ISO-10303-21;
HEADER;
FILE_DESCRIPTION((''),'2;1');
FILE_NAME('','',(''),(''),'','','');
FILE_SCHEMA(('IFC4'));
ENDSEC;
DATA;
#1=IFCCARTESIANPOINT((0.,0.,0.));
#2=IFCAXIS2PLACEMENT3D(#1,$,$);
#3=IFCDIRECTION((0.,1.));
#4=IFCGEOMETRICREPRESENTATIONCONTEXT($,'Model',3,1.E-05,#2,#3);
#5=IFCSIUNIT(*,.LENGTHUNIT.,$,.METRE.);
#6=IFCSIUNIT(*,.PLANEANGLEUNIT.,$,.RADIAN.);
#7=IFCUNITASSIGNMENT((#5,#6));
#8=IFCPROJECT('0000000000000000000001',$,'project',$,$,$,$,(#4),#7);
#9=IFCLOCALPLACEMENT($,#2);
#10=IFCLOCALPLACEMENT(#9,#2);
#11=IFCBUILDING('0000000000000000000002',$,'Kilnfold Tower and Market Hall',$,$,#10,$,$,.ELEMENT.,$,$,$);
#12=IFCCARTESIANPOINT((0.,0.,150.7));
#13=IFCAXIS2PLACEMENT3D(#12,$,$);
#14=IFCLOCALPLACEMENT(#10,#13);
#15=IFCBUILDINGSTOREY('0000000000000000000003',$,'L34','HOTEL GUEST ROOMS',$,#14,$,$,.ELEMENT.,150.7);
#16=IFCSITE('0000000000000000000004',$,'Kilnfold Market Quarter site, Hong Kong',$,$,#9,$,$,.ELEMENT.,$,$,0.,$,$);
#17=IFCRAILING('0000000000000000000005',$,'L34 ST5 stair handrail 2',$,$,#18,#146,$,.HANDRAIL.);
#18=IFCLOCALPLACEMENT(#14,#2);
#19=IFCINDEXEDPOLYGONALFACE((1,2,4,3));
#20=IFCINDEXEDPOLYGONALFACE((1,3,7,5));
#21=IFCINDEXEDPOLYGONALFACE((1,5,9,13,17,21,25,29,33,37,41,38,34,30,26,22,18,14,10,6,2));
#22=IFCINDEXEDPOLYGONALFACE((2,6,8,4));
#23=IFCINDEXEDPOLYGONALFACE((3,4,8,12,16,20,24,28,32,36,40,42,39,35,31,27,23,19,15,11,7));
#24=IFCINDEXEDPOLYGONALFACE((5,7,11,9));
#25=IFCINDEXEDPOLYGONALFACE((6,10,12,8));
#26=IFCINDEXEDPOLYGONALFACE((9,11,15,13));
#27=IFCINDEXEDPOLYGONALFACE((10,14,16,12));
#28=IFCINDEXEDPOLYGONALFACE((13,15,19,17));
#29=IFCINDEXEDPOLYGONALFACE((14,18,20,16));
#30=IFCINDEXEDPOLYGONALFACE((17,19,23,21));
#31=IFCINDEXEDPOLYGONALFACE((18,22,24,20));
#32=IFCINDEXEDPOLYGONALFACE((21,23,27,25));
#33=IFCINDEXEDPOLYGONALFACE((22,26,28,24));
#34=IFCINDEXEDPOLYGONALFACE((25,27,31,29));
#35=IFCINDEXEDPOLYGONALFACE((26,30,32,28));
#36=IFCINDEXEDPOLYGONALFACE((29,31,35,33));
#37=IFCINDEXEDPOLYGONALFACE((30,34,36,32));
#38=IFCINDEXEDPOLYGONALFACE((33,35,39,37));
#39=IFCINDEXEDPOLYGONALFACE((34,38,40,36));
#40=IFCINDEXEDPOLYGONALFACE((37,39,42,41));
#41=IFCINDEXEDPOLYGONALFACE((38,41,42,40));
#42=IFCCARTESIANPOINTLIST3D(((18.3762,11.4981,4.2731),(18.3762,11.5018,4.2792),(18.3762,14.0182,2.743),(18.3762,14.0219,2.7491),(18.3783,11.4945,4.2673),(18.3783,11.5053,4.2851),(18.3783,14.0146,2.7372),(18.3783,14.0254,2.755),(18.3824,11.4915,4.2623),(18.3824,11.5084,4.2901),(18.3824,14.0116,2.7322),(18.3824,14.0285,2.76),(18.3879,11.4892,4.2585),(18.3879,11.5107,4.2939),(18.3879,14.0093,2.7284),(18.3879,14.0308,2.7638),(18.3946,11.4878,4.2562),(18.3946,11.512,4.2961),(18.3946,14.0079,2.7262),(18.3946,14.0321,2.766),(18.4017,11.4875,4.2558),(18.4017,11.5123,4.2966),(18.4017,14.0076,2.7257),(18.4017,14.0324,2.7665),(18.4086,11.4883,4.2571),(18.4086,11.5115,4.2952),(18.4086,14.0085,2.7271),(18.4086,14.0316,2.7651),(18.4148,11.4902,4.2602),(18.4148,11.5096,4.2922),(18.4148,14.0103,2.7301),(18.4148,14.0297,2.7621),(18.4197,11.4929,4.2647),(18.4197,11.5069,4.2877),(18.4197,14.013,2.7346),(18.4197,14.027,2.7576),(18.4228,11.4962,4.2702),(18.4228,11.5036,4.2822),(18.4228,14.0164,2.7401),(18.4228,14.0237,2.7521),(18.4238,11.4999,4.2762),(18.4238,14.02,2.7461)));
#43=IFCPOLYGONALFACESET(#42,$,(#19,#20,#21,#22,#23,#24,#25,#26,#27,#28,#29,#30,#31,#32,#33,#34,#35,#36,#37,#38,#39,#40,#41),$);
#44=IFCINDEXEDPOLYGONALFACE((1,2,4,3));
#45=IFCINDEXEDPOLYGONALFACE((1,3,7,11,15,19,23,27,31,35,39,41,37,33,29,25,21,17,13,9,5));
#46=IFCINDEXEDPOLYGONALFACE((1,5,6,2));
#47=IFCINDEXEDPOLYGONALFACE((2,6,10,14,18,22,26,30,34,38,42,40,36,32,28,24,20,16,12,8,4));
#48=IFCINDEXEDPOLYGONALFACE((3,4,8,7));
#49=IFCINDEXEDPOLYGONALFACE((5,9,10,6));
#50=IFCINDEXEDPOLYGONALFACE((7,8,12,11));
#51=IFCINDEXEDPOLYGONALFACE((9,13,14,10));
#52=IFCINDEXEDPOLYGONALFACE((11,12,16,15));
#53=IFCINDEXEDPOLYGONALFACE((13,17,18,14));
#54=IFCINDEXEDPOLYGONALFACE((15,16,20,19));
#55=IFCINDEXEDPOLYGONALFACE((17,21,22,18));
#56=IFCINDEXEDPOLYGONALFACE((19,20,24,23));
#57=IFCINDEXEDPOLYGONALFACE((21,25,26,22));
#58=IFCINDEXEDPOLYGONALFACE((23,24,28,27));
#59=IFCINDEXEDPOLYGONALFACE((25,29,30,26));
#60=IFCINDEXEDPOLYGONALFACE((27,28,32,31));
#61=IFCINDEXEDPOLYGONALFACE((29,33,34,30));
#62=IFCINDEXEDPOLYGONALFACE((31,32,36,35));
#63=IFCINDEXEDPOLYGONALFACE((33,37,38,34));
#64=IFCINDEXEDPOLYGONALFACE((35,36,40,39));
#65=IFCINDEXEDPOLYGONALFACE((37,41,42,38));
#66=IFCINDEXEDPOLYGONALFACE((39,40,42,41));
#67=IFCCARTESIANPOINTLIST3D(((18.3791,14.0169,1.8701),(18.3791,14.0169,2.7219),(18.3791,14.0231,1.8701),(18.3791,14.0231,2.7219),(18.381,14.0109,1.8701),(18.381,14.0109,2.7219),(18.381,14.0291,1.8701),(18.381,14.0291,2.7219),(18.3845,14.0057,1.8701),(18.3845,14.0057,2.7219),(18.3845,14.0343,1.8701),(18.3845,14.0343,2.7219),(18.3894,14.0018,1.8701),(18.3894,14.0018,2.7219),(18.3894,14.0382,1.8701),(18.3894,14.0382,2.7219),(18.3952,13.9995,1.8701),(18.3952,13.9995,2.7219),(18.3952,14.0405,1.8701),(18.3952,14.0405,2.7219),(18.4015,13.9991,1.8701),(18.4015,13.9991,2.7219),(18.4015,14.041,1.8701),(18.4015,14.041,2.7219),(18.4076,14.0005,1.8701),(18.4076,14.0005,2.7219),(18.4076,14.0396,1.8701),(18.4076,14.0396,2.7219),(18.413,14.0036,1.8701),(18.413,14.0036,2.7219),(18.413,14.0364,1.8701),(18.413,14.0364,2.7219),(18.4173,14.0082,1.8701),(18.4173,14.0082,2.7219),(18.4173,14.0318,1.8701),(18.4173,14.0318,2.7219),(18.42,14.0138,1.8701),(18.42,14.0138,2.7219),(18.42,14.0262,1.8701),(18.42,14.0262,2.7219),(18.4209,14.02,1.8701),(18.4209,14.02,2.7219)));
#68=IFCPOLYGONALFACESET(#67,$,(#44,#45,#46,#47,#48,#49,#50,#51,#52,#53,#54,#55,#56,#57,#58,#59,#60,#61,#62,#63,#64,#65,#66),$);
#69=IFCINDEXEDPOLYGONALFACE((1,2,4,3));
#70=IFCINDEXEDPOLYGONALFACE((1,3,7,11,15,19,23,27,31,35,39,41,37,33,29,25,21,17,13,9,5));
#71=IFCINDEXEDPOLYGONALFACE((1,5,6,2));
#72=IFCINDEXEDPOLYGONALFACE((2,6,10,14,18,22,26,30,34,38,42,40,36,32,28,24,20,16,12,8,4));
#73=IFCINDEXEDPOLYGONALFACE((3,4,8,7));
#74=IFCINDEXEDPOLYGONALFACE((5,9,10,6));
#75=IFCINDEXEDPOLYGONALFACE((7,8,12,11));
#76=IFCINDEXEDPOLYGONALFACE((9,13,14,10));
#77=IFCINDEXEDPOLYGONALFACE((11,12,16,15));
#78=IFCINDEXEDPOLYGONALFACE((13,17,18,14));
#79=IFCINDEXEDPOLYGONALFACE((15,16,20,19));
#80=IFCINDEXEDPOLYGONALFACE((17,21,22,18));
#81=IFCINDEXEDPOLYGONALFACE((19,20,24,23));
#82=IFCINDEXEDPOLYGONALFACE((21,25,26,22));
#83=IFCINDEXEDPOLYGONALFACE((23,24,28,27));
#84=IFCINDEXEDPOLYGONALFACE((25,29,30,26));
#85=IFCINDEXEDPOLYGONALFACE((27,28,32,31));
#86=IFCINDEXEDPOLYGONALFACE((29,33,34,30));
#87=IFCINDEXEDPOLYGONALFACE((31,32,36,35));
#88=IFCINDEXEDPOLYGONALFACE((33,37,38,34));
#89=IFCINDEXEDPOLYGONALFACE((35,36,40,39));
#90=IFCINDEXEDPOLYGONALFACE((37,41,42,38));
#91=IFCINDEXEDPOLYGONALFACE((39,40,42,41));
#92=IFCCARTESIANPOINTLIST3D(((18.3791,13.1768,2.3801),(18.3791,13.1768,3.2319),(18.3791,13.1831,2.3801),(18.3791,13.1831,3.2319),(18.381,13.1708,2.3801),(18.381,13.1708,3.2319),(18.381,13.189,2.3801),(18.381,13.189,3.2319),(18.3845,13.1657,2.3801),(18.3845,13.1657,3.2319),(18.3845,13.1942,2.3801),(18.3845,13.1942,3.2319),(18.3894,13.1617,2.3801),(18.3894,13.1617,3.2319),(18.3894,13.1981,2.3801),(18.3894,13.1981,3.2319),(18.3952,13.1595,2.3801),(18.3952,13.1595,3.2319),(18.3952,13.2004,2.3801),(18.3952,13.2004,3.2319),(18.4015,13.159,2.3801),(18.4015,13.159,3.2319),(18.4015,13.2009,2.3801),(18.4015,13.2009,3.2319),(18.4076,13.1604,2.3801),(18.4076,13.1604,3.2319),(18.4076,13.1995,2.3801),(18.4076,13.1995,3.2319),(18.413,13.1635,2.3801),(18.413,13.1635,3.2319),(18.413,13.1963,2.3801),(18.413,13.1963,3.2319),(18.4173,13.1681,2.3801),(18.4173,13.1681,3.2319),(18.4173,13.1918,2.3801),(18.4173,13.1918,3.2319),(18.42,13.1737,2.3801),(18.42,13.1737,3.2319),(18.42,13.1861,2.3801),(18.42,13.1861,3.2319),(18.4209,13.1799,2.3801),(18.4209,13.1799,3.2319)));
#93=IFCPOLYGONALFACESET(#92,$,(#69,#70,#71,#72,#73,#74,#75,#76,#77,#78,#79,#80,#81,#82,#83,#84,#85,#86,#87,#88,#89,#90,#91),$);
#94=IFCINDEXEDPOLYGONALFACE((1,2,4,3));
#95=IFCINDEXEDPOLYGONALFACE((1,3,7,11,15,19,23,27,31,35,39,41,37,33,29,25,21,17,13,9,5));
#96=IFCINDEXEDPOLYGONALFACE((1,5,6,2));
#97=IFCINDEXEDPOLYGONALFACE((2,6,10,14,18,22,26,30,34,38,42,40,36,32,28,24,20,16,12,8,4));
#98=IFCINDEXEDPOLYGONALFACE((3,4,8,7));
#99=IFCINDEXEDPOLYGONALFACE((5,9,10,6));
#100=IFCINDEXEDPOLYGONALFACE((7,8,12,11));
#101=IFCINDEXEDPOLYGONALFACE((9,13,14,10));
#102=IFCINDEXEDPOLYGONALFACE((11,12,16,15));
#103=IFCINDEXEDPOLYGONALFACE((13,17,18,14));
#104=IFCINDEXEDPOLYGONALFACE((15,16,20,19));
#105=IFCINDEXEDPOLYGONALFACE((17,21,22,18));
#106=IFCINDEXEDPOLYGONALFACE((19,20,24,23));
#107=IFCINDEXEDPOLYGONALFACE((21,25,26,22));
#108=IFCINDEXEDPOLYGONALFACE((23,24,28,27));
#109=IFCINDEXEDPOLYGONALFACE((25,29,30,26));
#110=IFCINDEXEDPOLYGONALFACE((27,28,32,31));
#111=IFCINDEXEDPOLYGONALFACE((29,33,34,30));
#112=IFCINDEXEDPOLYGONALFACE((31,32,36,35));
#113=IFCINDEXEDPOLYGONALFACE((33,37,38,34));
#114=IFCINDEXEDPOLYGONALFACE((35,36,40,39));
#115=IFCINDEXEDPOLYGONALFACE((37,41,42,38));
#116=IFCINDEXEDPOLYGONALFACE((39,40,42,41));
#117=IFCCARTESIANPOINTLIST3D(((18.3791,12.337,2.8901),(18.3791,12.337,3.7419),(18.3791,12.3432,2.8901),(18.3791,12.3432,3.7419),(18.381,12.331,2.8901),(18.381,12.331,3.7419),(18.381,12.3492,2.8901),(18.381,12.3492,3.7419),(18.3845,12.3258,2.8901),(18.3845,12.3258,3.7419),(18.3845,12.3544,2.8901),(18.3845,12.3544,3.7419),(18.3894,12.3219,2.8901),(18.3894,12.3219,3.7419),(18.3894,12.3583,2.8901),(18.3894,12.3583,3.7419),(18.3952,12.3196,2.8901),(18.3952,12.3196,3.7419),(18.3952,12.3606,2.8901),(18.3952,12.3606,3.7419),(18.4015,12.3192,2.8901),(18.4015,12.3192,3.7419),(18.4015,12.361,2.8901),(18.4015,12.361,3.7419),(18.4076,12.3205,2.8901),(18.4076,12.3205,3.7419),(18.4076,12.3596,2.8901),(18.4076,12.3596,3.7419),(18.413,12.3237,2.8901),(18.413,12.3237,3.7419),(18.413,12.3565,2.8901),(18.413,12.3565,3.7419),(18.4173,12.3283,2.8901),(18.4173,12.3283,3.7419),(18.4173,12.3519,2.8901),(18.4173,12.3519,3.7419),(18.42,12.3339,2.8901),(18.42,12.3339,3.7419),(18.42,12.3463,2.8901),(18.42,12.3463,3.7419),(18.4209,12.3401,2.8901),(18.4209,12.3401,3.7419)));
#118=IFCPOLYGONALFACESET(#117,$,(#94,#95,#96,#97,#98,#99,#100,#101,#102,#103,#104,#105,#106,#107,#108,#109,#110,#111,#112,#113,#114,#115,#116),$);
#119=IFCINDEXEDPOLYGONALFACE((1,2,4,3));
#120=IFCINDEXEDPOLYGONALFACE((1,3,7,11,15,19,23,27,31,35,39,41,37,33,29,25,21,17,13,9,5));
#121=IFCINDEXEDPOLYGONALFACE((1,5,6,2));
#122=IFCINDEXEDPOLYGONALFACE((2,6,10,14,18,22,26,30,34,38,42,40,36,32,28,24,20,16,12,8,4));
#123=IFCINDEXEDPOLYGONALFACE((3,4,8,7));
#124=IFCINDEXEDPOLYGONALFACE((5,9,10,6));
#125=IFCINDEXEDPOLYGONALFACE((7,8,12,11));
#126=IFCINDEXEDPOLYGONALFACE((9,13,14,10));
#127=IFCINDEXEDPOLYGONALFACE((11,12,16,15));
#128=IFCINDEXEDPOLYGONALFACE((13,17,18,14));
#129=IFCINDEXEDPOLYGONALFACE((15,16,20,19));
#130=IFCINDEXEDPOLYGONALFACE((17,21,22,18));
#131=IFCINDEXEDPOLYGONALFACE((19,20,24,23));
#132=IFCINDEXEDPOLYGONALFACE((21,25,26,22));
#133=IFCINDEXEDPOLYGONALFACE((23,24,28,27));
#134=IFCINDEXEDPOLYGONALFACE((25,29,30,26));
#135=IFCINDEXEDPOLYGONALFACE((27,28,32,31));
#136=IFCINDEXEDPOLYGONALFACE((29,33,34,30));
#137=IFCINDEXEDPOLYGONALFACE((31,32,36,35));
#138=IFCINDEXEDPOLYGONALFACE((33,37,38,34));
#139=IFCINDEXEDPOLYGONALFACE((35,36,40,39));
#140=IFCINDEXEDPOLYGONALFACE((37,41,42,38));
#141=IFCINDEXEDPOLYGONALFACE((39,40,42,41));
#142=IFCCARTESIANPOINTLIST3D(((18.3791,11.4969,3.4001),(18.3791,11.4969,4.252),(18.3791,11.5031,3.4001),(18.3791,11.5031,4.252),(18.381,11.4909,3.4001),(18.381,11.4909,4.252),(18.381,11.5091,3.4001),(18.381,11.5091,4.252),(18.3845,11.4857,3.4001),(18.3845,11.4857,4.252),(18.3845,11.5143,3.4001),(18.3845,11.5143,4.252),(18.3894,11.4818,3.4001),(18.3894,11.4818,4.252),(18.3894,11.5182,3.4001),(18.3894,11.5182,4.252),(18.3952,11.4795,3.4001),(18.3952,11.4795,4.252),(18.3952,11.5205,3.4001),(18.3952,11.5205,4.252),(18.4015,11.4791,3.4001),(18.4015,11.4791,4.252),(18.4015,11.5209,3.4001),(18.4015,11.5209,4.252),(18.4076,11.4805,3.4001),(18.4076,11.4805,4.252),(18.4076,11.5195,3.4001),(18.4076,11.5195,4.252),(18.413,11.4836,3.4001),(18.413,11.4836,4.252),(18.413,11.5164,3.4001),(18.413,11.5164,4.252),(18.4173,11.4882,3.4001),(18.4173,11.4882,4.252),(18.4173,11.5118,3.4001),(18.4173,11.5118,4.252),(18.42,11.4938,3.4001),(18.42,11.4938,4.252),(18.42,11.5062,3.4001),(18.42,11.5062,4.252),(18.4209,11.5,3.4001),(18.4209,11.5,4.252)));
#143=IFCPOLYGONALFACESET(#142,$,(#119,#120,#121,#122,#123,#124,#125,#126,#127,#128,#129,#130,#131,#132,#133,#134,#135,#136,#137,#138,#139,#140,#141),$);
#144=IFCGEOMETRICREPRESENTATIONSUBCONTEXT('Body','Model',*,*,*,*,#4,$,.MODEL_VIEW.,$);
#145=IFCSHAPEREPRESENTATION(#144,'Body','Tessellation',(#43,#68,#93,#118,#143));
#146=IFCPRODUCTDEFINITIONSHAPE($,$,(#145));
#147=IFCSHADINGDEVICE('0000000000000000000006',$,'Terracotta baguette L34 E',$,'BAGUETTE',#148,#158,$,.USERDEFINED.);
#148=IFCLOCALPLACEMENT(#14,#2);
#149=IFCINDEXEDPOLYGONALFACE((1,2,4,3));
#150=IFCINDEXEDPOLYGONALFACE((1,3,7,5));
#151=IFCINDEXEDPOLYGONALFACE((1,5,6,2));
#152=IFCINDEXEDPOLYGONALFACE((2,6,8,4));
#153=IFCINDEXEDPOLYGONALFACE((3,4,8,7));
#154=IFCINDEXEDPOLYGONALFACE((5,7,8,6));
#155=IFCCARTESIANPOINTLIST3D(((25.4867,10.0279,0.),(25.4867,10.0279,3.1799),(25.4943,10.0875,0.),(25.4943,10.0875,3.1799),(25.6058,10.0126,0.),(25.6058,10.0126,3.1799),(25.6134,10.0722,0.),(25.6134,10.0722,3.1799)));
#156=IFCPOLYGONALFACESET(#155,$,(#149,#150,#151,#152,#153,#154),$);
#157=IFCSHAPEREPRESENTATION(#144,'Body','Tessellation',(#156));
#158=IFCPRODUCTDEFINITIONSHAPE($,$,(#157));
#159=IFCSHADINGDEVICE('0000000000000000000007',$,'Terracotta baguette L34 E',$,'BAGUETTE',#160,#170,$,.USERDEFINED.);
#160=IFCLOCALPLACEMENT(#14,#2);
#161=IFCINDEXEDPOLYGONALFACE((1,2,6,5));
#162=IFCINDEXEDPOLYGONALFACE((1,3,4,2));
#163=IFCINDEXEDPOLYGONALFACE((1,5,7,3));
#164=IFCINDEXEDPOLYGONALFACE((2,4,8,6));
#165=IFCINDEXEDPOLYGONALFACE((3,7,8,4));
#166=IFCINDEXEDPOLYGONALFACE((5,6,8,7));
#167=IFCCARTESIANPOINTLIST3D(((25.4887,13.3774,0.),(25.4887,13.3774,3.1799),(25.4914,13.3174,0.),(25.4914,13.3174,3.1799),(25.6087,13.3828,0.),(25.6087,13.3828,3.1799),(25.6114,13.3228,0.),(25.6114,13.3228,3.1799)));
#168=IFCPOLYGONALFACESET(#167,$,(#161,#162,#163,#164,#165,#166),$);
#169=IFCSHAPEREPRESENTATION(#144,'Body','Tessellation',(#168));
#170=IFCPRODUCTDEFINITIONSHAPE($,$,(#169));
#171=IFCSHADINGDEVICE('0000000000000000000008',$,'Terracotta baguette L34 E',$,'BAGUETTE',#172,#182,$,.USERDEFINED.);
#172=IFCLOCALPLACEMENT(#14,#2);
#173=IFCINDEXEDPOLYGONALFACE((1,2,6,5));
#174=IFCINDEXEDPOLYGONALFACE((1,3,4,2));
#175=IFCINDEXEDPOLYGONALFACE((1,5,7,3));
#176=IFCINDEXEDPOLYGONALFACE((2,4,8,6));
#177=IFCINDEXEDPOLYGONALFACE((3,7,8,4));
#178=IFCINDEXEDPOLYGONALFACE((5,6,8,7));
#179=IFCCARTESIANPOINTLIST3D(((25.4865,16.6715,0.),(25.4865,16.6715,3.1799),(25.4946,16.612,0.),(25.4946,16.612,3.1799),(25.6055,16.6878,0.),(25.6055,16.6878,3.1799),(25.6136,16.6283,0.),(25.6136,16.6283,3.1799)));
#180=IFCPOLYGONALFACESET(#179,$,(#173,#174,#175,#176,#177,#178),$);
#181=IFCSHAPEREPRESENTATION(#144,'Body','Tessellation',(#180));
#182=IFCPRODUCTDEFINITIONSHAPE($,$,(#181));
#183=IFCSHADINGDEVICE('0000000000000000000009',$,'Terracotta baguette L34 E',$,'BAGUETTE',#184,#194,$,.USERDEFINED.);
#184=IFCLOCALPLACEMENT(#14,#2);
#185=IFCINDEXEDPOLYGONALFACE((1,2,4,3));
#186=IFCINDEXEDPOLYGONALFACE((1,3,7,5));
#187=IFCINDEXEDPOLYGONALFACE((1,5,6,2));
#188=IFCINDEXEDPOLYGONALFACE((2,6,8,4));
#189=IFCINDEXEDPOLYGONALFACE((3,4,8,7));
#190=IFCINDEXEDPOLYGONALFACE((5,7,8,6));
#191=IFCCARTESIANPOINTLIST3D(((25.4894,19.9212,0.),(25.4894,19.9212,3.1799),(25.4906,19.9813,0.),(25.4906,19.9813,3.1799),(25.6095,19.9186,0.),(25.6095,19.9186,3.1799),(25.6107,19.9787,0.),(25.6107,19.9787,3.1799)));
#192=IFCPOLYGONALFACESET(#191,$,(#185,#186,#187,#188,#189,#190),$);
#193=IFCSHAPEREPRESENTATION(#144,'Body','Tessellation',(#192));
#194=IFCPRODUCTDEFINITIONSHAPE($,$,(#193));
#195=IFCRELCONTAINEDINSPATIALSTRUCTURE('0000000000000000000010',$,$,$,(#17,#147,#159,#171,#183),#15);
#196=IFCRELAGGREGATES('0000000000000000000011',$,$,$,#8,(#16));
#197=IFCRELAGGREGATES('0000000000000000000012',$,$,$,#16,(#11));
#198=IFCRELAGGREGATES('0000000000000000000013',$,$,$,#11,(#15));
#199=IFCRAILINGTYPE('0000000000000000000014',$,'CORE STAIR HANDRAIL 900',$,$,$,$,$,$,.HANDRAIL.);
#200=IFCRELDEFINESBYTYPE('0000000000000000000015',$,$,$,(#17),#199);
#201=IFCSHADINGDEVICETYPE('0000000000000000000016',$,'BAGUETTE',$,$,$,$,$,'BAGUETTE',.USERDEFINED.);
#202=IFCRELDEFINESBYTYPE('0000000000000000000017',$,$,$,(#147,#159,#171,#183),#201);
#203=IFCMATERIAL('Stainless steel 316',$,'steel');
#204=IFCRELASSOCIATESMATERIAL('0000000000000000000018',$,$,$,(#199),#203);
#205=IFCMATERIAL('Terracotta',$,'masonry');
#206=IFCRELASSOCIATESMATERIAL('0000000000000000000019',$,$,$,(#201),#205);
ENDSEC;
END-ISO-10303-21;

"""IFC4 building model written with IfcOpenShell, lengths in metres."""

from ifc_helpers import new_model, si_unit, direction, frame, origin, origin_2d, place, context, subcontext, project, spatial, rectangle, circle, extrude, source, transform, mapped, material, material_profile, profile_set, type_object, element, save


model = new_model("IFC4")

# Units and contexts
model_context = context("Model", 3, precision=1e-05, world=origin(), true_north=direction((0.0, 1.0)))
body_context = subcontext(model_context, "Body", "Model", "MODEL_VIEW")
ifc_project = project(units=[si_unit("LENGTHUNIT", "METRE"), si_unit("PLANEANGLEUNIT", "RADIAN")], contexts=[model_context])

# Site, building, storey
site_placement = place(None, origin())
site = spatial("IfcSite", under=ifc_project, at=site_placement, Name="Kilnfold Market Quarter site, Hong Kong", CompositionType="ELEMENT", RefElevation=0.0)
building_placement = place(site_placement, origin())
building = spatial("IfcBuilding", under=site, at=building_placement, Name="Kilnfold Tower and Market Hall", CompositionType="ELEMENT")
storey_placement = place(building_placement, frame((0.0, 0.0, 150.7)))
storey = spatial("IfcBuildingStorey", under=building, at=storey_placement, Name="L34", Description="HOTEL GUEST ROOMS", CompositionType="ELEMENT", Elevation=150.7)

# Railing
ifc_material_1 = material(Name="Stainless steel 316", Category="steel")
railing_type_1 = type_object("IfcRailingType", Name="CORE STAIR HANDRAIL 900", PredefinedType="HANDRAIL", material=ifc_material_1)
railing_1_placement = place(storey_placement, frame((18.3999, 14.02, 1.8701)))
element("IfcRailing", 1, at=railing_1_placement, inside=storey, type_object=railing_type_1, Name="L34 ST5 stair handrail 2", PredefinedType="HANDRAIL", context=body_context, shape_type="SweptSolid", body=[
    extrude(circle(Radius=0.0239, at=origin_2d()), frame((0.0, 0.0, 0.876), z_axis=(0.0, -0.854785, 0.518982), x_axis=(1.0, 0.0, 0.0)), (0.0, 0.0, 1.0), 2.9482),
    extrude(circle(Radius=0.021, at=origin_2d()), origin(), (0.0, 0.0, 1.0), 0.8518),
    extrude(circle(Radius=0.021, at=origin_2d()), frame((0.0, -0.8401, 0.51)), (0.0, 0.0, 1.0), 0.8518),
    extrude(circle(Radius=0.021, at=origin_2d()), frame((0.0, -1.6799, 1.02)), (0.0, 0.0, 1.0), 0.8518),
    extrude(circle(Radius=0.021, at=origin_2d()), frame((0.0, -2.52, 1.53)), (0.0, 0.0, 1.0), 0.8518),
])

# Shading devices
ifc_material_2 = material(Name="Terracotta", Category="masonry")
ifc_material_profile = material_profile(ifc_material_2, rectangle(XDim=0.0601, YDim=0.1201, at=origin_2d()), Name="BAG 60x120")
ifc_profile_set = profile_set([ifc_material_profile], Name="Terracotta")
shading_device_type = type_object("IfcShadingDeviceType", Name="BAGUETTE", ElementType="BAGUETTE", PredefinedType="USERDEFINED", material=ifc_profile_set)
shared_shape_1 = source(origin(), body_context, "Body", "SweptSolid", [
    extrude(rectangle(XDim=0.0601, YDim=0.1201, at=origin_2d()), origin(), (0.0, 0.0, 1.0), 3.1799),
])
for number, where, z_axis, x_axis, name in (
    (2, (25.55, 10.05, 0.0), (0.0, 0.0, 1.0), (0.126995, 0.991903, 0.0), "Terracotta baguette L34 E"),
    (3, (25.55, 13.3501, 0.0), (0.0, 0.0, 1.0), (-0.045611, 0.998959, 0.0), "Terracotta baguette L34 E"),
    (4, (25.55, 16.6499, 0.0), (0.0, 0.0, 1.0), (-0.135105, 0.990831, 0.0), "Terracotta baguette L34 E"),
    (5, (25.55, 19.95, 0.0), (0.0, 0.0, 1.0), (0.02133, 0.999772, 0.0), "Terracotta baguette L34 E"),
):
    element("IfcShadingDevice", number, at=place(storey_placement, frame(where, z_axis=z_axis, x_axis=x_axis)), inside=storey, type_object=shading_device_type, Name=name, ObjectType="BAGUETTE", PredefinedType="USERDEFINED", context=body_context, shape_type="MappedRepresentation", body=[
        mapped(shared_shape_1, transform((0.0, 0.0, 0.0))),
    ])

save(model, "model.ifc")
